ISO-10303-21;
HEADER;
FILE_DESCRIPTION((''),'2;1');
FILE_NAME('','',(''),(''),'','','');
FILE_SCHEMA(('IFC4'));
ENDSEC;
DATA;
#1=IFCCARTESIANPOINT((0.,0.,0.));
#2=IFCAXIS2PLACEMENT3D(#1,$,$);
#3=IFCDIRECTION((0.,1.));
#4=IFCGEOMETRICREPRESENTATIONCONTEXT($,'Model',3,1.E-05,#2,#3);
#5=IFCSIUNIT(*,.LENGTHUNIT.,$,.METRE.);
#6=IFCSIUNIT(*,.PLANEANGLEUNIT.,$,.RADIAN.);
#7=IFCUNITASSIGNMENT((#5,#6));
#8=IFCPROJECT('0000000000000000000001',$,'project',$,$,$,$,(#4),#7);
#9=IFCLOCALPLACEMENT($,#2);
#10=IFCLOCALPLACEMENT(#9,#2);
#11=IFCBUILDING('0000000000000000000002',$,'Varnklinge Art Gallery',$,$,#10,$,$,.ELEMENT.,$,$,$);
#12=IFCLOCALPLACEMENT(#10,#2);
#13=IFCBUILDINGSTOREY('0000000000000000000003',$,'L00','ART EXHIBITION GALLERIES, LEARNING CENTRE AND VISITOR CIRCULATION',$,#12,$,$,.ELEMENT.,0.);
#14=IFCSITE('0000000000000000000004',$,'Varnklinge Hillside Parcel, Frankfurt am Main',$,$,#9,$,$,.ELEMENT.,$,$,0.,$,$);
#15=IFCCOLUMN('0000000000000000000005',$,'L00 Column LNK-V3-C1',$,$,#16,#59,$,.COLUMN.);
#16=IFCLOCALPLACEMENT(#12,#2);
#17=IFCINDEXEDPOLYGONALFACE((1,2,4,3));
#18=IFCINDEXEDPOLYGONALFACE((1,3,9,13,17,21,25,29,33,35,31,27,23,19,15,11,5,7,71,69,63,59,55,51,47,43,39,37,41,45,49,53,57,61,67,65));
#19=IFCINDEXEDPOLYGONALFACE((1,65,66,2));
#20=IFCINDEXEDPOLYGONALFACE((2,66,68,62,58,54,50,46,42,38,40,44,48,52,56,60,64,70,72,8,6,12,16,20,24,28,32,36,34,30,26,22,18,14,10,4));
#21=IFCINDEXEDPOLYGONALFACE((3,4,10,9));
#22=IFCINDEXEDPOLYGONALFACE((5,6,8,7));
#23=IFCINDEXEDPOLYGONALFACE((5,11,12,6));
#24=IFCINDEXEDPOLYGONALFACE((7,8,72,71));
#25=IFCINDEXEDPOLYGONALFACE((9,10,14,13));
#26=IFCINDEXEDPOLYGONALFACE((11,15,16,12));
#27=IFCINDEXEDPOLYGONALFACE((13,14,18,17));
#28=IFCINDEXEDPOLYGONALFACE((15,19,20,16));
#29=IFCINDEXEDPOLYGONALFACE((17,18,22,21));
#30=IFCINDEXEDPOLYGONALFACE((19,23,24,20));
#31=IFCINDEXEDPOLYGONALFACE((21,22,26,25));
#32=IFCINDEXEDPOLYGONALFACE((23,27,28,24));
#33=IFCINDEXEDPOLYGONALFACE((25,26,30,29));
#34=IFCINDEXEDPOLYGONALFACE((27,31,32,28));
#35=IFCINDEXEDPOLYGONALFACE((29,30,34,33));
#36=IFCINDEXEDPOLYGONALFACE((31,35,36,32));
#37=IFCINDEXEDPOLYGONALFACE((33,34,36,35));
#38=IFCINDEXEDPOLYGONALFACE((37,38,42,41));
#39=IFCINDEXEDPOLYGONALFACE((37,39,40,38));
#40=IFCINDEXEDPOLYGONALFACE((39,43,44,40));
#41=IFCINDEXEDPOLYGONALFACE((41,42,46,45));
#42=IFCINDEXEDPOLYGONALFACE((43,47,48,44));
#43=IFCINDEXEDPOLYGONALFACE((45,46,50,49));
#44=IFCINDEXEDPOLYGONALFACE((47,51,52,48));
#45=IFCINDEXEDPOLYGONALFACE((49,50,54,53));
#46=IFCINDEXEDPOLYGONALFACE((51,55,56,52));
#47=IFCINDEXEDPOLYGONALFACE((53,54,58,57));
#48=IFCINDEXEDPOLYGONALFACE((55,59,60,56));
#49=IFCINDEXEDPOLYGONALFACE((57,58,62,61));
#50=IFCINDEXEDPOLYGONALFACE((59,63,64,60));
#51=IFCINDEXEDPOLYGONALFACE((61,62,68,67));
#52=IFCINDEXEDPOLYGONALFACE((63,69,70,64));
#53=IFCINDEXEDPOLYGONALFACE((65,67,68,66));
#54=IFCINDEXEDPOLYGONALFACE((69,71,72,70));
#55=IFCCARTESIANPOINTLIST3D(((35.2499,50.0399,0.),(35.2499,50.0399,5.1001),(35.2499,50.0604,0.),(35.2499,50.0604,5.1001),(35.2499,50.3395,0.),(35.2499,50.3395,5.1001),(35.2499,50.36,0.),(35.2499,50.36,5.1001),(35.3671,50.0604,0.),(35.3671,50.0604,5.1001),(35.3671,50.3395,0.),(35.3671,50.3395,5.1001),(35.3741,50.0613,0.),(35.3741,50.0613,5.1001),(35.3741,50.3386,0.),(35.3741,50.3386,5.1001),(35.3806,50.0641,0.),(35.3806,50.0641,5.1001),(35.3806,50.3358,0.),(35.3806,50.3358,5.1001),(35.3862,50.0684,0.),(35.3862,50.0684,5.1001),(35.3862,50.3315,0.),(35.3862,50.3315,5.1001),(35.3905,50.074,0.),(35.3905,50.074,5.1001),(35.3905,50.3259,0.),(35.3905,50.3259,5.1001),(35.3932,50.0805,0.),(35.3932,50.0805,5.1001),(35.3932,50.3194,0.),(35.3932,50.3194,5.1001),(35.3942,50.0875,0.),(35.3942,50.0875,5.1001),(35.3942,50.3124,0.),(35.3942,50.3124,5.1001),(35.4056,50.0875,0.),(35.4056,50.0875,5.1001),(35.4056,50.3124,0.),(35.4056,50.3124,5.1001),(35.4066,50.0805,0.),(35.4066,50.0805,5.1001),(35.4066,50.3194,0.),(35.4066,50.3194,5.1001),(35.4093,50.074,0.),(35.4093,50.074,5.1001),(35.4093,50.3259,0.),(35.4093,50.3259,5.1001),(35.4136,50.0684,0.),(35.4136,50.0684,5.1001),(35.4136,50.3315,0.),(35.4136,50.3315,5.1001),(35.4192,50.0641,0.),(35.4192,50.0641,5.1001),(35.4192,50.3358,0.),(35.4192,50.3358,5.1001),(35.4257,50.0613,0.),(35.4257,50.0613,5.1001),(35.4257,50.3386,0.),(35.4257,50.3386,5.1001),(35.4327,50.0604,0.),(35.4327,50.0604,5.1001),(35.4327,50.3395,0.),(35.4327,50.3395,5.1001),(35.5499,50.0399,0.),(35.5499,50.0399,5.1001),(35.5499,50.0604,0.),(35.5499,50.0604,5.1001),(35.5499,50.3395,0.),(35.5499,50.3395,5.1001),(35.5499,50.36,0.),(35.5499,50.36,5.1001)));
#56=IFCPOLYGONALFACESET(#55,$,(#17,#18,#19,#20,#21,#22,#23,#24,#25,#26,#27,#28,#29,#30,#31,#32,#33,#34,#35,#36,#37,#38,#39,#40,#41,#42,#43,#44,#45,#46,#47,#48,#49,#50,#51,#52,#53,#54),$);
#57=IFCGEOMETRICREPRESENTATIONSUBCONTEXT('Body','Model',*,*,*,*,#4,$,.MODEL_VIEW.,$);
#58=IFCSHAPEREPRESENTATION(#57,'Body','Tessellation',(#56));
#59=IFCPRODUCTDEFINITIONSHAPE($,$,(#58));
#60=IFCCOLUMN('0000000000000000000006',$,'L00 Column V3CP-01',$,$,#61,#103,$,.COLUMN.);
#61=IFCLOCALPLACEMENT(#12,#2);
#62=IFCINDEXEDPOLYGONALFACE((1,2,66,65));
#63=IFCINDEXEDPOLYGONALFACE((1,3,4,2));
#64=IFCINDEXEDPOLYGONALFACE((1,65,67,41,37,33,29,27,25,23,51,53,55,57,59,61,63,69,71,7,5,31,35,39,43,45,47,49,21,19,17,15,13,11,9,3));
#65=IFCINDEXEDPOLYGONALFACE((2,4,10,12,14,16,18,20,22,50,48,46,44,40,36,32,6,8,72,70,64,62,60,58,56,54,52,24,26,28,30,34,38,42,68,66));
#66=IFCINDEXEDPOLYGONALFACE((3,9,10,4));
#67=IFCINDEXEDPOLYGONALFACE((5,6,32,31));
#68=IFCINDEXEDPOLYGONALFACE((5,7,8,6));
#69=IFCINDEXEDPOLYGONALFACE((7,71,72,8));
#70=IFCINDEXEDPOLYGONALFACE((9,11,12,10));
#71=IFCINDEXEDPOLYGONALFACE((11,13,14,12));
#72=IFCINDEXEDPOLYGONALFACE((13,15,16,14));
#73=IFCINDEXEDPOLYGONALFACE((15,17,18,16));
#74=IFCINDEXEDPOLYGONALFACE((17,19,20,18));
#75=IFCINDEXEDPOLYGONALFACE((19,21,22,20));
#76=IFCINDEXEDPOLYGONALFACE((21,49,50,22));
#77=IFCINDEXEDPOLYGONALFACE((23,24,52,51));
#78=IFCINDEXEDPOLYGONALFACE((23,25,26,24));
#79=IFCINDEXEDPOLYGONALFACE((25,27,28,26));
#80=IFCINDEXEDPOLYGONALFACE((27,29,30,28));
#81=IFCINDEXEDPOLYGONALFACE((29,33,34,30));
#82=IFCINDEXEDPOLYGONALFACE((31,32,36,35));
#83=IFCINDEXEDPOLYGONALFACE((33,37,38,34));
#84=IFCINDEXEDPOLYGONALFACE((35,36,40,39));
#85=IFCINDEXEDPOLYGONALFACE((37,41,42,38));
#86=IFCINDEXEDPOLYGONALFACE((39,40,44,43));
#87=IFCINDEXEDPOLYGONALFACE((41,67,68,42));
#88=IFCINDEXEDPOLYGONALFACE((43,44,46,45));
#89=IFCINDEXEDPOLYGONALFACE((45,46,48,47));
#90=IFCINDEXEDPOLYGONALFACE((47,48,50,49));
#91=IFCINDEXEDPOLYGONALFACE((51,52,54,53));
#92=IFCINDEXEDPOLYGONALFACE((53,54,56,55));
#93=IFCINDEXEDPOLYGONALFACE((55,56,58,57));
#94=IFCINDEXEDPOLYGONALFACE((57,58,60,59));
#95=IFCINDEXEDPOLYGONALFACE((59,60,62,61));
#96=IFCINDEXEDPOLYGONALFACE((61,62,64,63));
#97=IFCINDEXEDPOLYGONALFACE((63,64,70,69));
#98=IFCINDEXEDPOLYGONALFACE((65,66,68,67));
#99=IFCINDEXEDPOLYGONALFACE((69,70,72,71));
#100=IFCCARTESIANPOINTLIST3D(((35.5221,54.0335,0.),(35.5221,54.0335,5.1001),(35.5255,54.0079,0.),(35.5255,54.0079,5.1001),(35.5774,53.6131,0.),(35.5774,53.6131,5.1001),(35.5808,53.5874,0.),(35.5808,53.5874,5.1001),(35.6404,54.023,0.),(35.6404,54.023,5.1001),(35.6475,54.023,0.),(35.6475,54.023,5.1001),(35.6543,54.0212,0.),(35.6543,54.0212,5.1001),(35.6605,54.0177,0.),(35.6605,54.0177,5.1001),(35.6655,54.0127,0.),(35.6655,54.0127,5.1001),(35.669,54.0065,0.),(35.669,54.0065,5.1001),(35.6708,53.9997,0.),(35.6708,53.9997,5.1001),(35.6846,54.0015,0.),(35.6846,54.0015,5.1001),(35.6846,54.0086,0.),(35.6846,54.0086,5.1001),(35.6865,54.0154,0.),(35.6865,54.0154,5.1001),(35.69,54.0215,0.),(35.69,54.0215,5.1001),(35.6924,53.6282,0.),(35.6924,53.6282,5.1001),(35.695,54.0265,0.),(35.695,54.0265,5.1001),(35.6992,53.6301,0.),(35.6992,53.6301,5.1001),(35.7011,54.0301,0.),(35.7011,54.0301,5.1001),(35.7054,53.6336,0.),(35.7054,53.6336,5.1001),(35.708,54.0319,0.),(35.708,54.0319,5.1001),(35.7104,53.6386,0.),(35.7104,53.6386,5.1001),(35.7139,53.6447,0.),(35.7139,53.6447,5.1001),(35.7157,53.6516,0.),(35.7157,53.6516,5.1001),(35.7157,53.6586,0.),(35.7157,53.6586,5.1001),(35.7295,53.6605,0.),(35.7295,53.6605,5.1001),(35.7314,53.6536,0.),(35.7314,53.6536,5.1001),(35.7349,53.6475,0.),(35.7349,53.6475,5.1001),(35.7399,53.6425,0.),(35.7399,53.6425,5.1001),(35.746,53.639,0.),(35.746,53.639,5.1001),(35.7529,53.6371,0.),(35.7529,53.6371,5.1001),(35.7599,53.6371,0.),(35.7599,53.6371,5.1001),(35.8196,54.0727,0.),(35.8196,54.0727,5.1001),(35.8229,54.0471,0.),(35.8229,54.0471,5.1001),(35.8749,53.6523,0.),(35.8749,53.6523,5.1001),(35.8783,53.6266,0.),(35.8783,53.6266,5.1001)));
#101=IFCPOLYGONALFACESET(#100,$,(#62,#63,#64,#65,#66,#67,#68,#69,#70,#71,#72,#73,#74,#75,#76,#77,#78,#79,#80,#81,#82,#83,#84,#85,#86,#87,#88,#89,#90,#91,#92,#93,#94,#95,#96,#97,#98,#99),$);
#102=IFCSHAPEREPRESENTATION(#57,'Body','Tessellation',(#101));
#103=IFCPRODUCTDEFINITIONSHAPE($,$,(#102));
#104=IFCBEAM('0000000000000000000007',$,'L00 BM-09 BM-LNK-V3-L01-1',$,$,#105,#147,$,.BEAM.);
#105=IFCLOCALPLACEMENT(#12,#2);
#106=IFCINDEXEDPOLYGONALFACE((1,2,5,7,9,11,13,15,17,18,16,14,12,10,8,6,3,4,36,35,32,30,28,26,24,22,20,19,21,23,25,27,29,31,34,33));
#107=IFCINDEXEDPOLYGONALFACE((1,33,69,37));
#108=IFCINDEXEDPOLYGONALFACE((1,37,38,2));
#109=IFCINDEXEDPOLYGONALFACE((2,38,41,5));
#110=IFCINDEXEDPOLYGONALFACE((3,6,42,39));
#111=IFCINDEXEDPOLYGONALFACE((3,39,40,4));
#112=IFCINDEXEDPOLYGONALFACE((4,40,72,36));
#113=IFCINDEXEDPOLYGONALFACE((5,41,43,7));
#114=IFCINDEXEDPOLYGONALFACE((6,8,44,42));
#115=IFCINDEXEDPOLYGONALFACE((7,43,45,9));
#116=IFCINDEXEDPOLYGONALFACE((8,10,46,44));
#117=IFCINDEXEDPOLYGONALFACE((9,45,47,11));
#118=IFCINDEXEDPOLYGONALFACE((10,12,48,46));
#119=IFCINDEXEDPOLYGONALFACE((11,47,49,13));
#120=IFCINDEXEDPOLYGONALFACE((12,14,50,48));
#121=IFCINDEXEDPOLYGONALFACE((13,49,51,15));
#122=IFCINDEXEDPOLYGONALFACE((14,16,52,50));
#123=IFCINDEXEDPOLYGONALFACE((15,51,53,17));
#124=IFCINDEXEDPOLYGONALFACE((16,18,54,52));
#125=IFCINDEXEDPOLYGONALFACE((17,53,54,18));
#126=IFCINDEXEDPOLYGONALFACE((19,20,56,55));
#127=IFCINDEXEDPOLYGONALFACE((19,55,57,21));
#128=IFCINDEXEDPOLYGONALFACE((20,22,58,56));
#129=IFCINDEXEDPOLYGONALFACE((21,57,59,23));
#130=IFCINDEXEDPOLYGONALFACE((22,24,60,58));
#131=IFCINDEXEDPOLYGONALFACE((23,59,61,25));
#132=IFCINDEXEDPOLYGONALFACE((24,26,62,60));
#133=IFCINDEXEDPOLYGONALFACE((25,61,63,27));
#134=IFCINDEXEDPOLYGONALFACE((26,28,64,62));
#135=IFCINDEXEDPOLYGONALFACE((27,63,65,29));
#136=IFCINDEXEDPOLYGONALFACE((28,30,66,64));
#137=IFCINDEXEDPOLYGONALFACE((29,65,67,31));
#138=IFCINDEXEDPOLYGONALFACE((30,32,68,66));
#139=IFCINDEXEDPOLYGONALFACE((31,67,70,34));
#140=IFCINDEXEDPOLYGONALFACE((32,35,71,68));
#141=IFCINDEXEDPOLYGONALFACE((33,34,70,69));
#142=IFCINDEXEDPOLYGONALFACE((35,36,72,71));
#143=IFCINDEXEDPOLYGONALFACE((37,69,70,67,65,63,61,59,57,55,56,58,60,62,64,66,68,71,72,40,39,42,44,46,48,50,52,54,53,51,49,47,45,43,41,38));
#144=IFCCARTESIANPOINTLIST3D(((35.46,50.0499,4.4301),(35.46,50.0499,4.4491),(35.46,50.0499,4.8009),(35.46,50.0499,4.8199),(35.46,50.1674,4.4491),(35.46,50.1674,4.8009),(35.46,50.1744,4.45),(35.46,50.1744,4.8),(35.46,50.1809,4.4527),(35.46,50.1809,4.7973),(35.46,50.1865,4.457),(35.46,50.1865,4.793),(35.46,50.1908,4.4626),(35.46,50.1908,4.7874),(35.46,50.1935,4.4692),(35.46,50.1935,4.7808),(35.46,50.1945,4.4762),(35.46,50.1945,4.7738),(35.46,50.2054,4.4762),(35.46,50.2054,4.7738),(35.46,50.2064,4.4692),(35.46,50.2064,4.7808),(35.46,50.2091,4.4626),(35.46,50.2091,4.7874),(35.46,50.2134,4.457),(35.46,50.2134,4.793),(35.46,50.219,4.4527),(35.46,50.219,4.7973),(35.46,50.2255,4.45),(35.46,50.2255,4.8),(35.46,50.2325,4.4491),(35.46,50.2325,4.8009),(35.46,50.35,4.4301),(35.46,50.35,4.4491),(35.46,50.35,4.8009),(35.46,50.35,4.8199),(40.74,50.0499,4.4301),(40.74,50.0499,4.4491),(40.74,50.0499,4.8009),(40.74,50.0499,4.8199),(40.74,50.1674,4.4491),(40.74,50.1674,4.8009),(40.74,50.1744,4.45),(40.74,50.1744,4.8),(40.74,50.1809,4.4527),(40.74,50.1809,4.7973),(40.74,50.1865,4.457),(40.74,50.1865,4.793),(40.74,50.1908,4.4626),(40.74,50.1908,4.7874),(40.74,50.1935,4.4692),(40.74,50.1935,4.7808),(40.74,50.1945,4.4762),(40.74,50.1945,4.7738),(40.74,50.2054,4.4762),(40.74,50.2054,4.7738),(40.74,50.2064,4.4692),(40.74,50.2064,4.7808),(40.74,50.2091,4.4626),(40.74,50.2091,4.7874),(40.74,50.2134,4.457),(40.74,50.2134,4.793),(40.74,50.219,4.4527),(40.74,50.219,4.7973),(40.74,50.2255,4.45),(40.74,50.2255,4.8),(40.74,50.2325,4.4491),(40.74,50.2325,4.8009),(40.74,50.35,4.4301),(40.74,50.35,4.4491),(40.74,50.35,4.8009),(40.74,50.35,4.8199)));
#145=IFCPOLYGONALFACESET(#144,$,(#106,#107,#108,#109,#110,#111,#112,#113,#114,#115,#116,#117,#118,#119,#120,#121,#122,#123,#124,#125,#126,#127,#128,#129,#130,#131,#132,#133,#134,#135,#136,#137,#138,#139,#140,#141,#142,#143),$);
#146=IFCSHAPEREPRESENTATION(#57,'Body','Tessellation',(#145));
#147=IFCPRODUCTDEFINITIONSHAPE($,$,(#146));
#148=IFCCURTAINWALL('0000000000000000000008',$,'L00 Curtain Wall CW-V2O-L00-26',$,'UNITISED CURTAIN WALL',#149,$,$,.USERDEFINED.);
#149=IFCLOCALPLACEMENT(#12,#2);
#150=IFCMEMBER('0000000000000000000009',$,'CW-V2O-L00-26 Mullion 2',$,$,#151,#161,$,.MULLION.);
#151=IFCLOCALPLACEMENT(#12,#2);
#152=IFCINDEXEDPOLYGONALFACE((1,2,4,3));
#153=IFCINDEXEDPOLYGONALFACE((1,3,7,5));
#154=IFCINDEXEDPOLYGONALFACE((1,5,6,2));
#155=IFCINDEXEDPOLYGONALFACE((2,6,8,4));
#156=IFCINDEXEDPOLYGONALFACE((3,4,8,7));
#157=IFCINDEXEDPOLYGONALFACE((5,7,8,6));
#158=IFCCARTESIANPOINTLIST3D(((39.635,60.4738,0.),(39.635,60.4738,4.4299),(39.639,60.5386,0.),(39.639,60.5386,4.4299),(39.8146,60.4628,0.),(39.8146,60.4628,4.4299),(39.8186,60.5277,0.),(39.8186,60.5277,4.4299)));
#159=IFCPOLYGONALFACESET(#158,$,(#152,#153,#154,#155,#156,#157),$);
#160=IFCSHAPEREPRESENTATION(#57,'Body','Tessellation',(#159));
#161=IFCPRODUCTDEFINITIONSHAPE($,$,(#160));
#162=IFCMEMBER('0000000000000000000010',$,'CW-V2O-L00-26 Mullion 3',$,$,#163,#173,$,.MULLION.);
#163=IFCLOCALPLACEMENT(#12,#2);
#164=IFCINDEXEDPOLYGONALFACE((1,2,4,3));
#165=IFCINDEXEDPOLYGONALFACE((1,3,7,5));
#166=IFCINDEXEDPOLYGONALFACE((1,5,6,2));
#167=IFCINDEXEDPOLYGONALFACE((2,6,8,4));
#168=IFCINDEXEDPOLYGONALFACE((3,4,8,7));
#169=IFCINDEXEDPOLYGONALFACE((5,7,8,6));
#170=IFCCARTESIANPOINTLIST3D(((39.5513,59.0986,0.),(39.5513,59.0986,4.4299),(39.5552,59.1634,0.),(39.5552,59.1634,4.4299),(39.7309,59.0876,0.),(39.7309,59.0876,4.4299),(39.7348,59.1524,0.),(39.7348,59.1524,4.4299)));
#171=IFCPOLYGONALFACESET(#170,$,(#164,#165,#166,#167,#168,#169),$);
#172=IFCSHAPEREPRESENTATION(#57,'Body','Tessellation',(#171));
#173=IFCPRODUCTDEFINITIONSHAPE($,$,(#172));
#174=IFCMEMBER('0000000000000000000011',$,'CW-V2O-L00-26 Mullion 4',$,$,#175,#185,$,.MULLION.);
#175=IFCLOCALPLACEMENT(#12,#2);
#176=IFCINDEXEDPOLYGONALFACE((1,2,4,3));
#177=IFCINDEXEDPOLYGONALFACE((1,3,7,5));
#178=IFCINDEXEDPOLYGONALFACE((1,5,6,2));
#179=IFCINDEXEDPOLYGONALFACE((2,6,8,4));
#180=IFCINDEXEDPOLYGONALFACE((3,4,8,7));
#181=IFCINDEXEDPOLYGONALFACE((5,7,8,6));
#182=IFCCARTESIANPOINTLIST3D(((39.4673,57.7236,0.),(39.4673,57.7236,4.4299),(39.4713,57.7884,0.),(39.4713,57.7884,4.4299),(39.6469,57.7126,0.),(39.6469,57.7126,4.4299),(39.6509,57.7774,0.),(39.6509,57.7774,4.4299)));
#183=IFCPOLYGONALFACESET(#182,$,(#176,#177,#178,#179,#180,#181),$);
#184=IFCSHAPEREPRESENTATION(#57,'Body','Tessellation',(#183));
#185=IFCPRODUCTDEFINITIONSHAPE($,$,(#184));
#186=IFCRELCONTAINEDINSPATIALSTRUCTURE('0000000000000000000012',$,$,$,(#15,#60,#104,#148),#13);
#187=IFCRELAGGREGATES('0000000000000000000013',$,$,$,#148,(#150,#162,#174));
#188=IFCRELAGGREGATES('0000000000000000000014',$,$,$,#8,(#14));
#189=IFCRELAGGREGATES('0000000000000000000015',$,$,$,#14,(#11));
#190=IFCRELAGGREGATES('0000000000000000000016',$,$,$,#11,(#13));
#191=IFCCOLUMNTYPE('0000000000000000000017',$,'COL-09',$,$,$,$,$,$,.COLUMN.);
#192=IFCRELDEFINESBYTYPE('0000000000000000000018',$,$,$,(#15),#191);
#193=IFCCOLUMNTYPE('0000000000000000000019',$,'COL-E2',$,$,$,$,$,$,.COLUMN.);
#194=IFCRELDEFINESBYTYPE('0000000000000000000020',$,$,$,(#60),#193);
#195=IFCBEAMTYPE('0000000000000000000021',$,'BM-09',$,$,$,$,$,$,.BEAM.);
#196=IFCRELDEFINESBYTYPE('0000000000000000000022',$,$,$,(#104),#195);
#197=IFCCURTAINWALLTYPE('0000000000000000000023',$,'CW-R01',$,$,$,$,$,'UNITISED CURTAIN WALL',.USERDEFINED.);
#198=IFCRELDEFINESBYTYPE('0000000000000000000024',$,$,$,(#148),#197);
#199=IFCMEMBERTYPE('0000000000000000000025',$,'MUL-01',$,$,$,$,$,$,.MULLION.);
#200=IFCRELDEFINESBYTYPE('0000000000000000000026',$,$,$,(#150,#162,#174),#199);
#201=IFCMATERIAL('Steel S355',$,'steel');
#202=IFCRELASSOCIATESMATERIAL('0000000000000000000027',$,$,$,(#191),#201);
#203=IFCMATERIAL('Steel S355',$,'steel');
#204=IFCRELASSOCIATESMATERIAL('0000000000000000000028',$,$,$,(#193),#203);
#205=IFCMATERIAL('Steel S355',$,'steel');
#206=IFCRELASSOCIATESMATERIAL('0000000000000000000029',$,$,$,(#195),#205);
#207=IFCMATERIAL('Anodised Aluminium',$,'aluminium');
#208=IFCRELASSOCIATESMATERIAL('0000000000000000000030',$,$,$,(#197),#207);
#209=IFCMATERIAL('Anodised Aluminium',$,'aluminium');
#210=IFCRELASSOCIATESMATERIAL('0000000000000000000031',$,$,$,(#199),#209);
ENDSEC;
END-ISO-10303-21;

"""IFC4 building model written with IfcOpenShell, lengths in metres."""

from ifc_helpers import new_model, si_unit, direction, frame, origin, origin_2d, place, context, subcontext, project, spatial, rectangle, i_section, extrude, material, material_profile, profile_set, type_object, element, aggregate, save


model = new_model("IFC4")

# Units and contexts
model_context = context("Model", 3, precision=1e-05, world=origin(), true_north=direction((0.0, 1.0)))
body_context = subcontext(model_context, "Body", "Model", "MODEL_VIEW")
ifc_project = project(units=[si_unit("LENGTHUNIT", "METRE"), si_unit("PLANEANGLEUNIT", "RADIAN")], contexts=[model_context])

# Site, building, storey
site_placement = place(None, origin())
site = spatial("IfcSite", under=ifc_project, at=site_placement, Name="Varnklinge Hillside Parcel, Frankfurt am Main", CompositionType="ELEMENT", RefElevation=0.0)
building_placement = place(site_placement, origin())
building = spatial("IfcBuilding", under=site, at=building_placement, Name="Varnklinge Art Gallery", CompositionType="ELEMENT")
storey_placement = place(building_placement, origin())
storey = spatial("IfcBuildingStorey", under=building, at=storey_placement, Name="L00", Description="ART EXHIBITION GALLERIES, LEARNING CENTRE AND VISITOR CIRCULATION", CompositionType="ELEMENT", Elevation=0.0)

# Columns
ifc_material_1 = material(Name="Steel S355", Category="steel")
ifc_material_profile_1 = material_profile(ifc_material_1, i_section(OverallWidth=0.3, OverallDepth=0.3201, WebThickness=0.0115, FlangeThickness=0.0205, FilletRadius=0.0271, at=origin_2d()), Name="HEB 320")
ifc_profile_set_1 = profile_set([ifc_material_profile_1], Name="Steel S355")
column_type_1 = type_object("IfcColumnType", Name="COL-09", PredefinedType="COLUMN", material=ifc_profile_set_1)
column_1_placement = place(storey_placement, frame((35.3999, 50.2, 0.0), z_axis=(0.0, 0.0, 1.0), x_axis=(1.0, 0.0, 0.0)))
element("IfcColumn", 1, at=column_1_placement, inside=storey, type_object=column_type_1, Name="L00 Column LNK-V3-C1", PredefinedType="COLUMN", context=body_context, shape_type="SweptSolid", body=[
    extrude(i_section(OverallWidth=0.3, OverallDepth=0.3201, WebThickness=0.0115, FlangeThickness=0.0205, FilletRadius=0.0271, at=origin_2d()), origin(), (0.0, 0.0, 1.0), 5.1001),
])
ifc_material_2 = material(Name="Steel S355", Category="steel")
ifc_material_profile_2 = material_profile(ifc_material_2, i_section(OverallWidth=0.3, OverallDepth=0.45, WebThickness=0.0139, FlangeThickness=0.0259, FilletRadius=0.0271, at=origin_2d()), Name="HEB 450")
ifc_profile_set_2 = profile_set([ifc_material_profile_2], Name="Steel S355")
column_type_2 = type_object("IfcColumnType", Name="COL-E2", PredefinedType="COLUMN", material=ifc_profile_set_2)
column_2_placement = place(storey_placement, frame((35.7002, 53.8301, 0.0), z_axis=(0.0, 0.0, 1.0), x_axis=(0.991445, 0.130526, 0.0)))
element("IfcColumn", 2, at=column_2_placement, inside=storey, type_object=column_type_2, Name="L00 Column V3CP-01", PredefinedType="COLUMN", context=body_context, shape_type="SweptSolid", body=[
    extrude(i_section(OverallWidth=0.3, OverallDepth=0.45, WebThickness=0.0139, FlangeThickness=0.0259, FilletRadius=0.0271, at=origin_2d()), origin(), (0.0, 0.0, 1.0), 5.1001),
])

# Beam
ifc_material_3 = material(Name="Steel S355", Category="steel")
ifc_material_profile_3 = material_profile(ifc_material_3, i_section(OverallWidth=0.3, OverallDepth=0.3899, WebThickness=0.011, FlangeThickness=0.019, FilletRadius=0.0271, at=origin_2d()), Name="HEA 400")
ifc_profile_set_3 = profile_set([ifc_material_profile_3], Name="Steel S355")
beam_type_1 = type_object("IfcBeamType", Name="BM-09", PredefinedType="BEAM", material=ifc_profile_set_3)
beam_1_placement = place(storey_placement, frame((35.46, 50.2, 4.625), z_axis=(1.0, 0.0, 0.0), x_axis=(0.0, 1.0, 0.0)))
element("IfcBeam", 3, at=beam_1_placement, inside=storey, type_object=beam_type_1, Name="L00 BM-09 BM-LNK-V3-L01-1", PredefinedType="BEAM", context=body_context, shape_type="SweptSolid", body=[
    extrude(i_section(OverallWidth=0.3, OverallDepth=0.3899, WebThickness=0.011, FlangeThickness=0.019, FilletRadius=0.0271, at=origin_2d()), origin(), (0.0, 0.0, 1.0), 5.28),
])

# Curtain wall, members
ifc_material_4 = material(Name="Anodised Aluminium", Category="aluminium")
curtain_wall_type = type_object("IfcCurtainWallType", Name="CW-R01", ElementType="UNITISED CURTAIN WALL", PredefinedType="USERDEFINED", material=ifc_material_4)
curtain_wall_placement = place(storey_placement, origin())
curtain_wall = element("IfcCurtainWall", 4, at=curtain_wall_placement, inside=storey, type_object=curtain_wall_type, Name="L00 Curtain Wall CW-V2O-L00-26", ObjectType="UNITISED CURTAIN WALL", PredefinedType="USERDEFINED")
ifc_material_5 = material(Name="Anodised Aluminium", Category="aluminium")
ifc_material_profile_4 = material_profile(ifc_material_5, rectangle(XDim=0.0649, YDim=0.1799, at=origin_2d()), Name="ALU 65x180")
ifc_profile_set_4 = profile_set([ifc_material_profile_4], Name="Anodised Aluminium")
member_type = type_object("IfcMemberType", Name="MUL-01", PredefinedType="MULLION", material=ifc_profile_set_4)
member_1_placement = place(storey_placement, frame((39.7268, 60.5007, 0.0), z_axis=(0.0, 0.0, 1.0), x_axis=(-0.060874, -0.998145, 0.0)))
member_1 = element("IfcMember", 5, at=member_1_placement, type_object=member_type, Name="CW-V2O-L00-26 Mullion 2", PredefinedType="MULLION", context=body_context, shape_type="SweptSolid", body=[
    extrude(rectangle(XDim=0.0649, YDim=0.1799, at=origin_2d()), origin(), (0.0, 0.0, 1.0), 4.4299),
])
member_2_placement = place(storey_placement, frame((39.6431, 59.1255, 0.0), z_axis=(0.0, 0.0, 1.0), x_axis=(-0.060874, -0.998145, 0.0)))
member_2 = element("IfcMember", 6, at=member_2_placement, type_object=member_type, Name="CW-V2O-L00-26 Mullion 3", PredefinedType="MULLION", context=body_context, shape_type="SweptSolid", body=[
    extrude(rectangle(XDim=0.0649, YDim=0.1799, at=origin_2d()), origin(), (0.0, 0.0, 1.0), 4.4299),
])
member_3_placement = place(storey_placement, frame((39.5591, 57.7505, 0.0), z_axis=(0.0, 0.0, 1.0), x_axis=(-0.060874, -0.998145, 0.0)))
member_3 = element("IfcMember", 7, at=member_3_placement, type_object=member_type, Name="CW-V2O-L00-26 Mullion 4", PredefinedType="MULLION", context=body_context, shape_type="SweptSolid", body=[
    extrude(rectangle(XDim=0.0649, YDim=0.1799, at=origin_2d()), origin(), (0.0, 0.0, 1.0), 4.4299),
])

aggregate(curtain_wall, [member_1, member_2, member_3])

save(model, "model.ifc")
